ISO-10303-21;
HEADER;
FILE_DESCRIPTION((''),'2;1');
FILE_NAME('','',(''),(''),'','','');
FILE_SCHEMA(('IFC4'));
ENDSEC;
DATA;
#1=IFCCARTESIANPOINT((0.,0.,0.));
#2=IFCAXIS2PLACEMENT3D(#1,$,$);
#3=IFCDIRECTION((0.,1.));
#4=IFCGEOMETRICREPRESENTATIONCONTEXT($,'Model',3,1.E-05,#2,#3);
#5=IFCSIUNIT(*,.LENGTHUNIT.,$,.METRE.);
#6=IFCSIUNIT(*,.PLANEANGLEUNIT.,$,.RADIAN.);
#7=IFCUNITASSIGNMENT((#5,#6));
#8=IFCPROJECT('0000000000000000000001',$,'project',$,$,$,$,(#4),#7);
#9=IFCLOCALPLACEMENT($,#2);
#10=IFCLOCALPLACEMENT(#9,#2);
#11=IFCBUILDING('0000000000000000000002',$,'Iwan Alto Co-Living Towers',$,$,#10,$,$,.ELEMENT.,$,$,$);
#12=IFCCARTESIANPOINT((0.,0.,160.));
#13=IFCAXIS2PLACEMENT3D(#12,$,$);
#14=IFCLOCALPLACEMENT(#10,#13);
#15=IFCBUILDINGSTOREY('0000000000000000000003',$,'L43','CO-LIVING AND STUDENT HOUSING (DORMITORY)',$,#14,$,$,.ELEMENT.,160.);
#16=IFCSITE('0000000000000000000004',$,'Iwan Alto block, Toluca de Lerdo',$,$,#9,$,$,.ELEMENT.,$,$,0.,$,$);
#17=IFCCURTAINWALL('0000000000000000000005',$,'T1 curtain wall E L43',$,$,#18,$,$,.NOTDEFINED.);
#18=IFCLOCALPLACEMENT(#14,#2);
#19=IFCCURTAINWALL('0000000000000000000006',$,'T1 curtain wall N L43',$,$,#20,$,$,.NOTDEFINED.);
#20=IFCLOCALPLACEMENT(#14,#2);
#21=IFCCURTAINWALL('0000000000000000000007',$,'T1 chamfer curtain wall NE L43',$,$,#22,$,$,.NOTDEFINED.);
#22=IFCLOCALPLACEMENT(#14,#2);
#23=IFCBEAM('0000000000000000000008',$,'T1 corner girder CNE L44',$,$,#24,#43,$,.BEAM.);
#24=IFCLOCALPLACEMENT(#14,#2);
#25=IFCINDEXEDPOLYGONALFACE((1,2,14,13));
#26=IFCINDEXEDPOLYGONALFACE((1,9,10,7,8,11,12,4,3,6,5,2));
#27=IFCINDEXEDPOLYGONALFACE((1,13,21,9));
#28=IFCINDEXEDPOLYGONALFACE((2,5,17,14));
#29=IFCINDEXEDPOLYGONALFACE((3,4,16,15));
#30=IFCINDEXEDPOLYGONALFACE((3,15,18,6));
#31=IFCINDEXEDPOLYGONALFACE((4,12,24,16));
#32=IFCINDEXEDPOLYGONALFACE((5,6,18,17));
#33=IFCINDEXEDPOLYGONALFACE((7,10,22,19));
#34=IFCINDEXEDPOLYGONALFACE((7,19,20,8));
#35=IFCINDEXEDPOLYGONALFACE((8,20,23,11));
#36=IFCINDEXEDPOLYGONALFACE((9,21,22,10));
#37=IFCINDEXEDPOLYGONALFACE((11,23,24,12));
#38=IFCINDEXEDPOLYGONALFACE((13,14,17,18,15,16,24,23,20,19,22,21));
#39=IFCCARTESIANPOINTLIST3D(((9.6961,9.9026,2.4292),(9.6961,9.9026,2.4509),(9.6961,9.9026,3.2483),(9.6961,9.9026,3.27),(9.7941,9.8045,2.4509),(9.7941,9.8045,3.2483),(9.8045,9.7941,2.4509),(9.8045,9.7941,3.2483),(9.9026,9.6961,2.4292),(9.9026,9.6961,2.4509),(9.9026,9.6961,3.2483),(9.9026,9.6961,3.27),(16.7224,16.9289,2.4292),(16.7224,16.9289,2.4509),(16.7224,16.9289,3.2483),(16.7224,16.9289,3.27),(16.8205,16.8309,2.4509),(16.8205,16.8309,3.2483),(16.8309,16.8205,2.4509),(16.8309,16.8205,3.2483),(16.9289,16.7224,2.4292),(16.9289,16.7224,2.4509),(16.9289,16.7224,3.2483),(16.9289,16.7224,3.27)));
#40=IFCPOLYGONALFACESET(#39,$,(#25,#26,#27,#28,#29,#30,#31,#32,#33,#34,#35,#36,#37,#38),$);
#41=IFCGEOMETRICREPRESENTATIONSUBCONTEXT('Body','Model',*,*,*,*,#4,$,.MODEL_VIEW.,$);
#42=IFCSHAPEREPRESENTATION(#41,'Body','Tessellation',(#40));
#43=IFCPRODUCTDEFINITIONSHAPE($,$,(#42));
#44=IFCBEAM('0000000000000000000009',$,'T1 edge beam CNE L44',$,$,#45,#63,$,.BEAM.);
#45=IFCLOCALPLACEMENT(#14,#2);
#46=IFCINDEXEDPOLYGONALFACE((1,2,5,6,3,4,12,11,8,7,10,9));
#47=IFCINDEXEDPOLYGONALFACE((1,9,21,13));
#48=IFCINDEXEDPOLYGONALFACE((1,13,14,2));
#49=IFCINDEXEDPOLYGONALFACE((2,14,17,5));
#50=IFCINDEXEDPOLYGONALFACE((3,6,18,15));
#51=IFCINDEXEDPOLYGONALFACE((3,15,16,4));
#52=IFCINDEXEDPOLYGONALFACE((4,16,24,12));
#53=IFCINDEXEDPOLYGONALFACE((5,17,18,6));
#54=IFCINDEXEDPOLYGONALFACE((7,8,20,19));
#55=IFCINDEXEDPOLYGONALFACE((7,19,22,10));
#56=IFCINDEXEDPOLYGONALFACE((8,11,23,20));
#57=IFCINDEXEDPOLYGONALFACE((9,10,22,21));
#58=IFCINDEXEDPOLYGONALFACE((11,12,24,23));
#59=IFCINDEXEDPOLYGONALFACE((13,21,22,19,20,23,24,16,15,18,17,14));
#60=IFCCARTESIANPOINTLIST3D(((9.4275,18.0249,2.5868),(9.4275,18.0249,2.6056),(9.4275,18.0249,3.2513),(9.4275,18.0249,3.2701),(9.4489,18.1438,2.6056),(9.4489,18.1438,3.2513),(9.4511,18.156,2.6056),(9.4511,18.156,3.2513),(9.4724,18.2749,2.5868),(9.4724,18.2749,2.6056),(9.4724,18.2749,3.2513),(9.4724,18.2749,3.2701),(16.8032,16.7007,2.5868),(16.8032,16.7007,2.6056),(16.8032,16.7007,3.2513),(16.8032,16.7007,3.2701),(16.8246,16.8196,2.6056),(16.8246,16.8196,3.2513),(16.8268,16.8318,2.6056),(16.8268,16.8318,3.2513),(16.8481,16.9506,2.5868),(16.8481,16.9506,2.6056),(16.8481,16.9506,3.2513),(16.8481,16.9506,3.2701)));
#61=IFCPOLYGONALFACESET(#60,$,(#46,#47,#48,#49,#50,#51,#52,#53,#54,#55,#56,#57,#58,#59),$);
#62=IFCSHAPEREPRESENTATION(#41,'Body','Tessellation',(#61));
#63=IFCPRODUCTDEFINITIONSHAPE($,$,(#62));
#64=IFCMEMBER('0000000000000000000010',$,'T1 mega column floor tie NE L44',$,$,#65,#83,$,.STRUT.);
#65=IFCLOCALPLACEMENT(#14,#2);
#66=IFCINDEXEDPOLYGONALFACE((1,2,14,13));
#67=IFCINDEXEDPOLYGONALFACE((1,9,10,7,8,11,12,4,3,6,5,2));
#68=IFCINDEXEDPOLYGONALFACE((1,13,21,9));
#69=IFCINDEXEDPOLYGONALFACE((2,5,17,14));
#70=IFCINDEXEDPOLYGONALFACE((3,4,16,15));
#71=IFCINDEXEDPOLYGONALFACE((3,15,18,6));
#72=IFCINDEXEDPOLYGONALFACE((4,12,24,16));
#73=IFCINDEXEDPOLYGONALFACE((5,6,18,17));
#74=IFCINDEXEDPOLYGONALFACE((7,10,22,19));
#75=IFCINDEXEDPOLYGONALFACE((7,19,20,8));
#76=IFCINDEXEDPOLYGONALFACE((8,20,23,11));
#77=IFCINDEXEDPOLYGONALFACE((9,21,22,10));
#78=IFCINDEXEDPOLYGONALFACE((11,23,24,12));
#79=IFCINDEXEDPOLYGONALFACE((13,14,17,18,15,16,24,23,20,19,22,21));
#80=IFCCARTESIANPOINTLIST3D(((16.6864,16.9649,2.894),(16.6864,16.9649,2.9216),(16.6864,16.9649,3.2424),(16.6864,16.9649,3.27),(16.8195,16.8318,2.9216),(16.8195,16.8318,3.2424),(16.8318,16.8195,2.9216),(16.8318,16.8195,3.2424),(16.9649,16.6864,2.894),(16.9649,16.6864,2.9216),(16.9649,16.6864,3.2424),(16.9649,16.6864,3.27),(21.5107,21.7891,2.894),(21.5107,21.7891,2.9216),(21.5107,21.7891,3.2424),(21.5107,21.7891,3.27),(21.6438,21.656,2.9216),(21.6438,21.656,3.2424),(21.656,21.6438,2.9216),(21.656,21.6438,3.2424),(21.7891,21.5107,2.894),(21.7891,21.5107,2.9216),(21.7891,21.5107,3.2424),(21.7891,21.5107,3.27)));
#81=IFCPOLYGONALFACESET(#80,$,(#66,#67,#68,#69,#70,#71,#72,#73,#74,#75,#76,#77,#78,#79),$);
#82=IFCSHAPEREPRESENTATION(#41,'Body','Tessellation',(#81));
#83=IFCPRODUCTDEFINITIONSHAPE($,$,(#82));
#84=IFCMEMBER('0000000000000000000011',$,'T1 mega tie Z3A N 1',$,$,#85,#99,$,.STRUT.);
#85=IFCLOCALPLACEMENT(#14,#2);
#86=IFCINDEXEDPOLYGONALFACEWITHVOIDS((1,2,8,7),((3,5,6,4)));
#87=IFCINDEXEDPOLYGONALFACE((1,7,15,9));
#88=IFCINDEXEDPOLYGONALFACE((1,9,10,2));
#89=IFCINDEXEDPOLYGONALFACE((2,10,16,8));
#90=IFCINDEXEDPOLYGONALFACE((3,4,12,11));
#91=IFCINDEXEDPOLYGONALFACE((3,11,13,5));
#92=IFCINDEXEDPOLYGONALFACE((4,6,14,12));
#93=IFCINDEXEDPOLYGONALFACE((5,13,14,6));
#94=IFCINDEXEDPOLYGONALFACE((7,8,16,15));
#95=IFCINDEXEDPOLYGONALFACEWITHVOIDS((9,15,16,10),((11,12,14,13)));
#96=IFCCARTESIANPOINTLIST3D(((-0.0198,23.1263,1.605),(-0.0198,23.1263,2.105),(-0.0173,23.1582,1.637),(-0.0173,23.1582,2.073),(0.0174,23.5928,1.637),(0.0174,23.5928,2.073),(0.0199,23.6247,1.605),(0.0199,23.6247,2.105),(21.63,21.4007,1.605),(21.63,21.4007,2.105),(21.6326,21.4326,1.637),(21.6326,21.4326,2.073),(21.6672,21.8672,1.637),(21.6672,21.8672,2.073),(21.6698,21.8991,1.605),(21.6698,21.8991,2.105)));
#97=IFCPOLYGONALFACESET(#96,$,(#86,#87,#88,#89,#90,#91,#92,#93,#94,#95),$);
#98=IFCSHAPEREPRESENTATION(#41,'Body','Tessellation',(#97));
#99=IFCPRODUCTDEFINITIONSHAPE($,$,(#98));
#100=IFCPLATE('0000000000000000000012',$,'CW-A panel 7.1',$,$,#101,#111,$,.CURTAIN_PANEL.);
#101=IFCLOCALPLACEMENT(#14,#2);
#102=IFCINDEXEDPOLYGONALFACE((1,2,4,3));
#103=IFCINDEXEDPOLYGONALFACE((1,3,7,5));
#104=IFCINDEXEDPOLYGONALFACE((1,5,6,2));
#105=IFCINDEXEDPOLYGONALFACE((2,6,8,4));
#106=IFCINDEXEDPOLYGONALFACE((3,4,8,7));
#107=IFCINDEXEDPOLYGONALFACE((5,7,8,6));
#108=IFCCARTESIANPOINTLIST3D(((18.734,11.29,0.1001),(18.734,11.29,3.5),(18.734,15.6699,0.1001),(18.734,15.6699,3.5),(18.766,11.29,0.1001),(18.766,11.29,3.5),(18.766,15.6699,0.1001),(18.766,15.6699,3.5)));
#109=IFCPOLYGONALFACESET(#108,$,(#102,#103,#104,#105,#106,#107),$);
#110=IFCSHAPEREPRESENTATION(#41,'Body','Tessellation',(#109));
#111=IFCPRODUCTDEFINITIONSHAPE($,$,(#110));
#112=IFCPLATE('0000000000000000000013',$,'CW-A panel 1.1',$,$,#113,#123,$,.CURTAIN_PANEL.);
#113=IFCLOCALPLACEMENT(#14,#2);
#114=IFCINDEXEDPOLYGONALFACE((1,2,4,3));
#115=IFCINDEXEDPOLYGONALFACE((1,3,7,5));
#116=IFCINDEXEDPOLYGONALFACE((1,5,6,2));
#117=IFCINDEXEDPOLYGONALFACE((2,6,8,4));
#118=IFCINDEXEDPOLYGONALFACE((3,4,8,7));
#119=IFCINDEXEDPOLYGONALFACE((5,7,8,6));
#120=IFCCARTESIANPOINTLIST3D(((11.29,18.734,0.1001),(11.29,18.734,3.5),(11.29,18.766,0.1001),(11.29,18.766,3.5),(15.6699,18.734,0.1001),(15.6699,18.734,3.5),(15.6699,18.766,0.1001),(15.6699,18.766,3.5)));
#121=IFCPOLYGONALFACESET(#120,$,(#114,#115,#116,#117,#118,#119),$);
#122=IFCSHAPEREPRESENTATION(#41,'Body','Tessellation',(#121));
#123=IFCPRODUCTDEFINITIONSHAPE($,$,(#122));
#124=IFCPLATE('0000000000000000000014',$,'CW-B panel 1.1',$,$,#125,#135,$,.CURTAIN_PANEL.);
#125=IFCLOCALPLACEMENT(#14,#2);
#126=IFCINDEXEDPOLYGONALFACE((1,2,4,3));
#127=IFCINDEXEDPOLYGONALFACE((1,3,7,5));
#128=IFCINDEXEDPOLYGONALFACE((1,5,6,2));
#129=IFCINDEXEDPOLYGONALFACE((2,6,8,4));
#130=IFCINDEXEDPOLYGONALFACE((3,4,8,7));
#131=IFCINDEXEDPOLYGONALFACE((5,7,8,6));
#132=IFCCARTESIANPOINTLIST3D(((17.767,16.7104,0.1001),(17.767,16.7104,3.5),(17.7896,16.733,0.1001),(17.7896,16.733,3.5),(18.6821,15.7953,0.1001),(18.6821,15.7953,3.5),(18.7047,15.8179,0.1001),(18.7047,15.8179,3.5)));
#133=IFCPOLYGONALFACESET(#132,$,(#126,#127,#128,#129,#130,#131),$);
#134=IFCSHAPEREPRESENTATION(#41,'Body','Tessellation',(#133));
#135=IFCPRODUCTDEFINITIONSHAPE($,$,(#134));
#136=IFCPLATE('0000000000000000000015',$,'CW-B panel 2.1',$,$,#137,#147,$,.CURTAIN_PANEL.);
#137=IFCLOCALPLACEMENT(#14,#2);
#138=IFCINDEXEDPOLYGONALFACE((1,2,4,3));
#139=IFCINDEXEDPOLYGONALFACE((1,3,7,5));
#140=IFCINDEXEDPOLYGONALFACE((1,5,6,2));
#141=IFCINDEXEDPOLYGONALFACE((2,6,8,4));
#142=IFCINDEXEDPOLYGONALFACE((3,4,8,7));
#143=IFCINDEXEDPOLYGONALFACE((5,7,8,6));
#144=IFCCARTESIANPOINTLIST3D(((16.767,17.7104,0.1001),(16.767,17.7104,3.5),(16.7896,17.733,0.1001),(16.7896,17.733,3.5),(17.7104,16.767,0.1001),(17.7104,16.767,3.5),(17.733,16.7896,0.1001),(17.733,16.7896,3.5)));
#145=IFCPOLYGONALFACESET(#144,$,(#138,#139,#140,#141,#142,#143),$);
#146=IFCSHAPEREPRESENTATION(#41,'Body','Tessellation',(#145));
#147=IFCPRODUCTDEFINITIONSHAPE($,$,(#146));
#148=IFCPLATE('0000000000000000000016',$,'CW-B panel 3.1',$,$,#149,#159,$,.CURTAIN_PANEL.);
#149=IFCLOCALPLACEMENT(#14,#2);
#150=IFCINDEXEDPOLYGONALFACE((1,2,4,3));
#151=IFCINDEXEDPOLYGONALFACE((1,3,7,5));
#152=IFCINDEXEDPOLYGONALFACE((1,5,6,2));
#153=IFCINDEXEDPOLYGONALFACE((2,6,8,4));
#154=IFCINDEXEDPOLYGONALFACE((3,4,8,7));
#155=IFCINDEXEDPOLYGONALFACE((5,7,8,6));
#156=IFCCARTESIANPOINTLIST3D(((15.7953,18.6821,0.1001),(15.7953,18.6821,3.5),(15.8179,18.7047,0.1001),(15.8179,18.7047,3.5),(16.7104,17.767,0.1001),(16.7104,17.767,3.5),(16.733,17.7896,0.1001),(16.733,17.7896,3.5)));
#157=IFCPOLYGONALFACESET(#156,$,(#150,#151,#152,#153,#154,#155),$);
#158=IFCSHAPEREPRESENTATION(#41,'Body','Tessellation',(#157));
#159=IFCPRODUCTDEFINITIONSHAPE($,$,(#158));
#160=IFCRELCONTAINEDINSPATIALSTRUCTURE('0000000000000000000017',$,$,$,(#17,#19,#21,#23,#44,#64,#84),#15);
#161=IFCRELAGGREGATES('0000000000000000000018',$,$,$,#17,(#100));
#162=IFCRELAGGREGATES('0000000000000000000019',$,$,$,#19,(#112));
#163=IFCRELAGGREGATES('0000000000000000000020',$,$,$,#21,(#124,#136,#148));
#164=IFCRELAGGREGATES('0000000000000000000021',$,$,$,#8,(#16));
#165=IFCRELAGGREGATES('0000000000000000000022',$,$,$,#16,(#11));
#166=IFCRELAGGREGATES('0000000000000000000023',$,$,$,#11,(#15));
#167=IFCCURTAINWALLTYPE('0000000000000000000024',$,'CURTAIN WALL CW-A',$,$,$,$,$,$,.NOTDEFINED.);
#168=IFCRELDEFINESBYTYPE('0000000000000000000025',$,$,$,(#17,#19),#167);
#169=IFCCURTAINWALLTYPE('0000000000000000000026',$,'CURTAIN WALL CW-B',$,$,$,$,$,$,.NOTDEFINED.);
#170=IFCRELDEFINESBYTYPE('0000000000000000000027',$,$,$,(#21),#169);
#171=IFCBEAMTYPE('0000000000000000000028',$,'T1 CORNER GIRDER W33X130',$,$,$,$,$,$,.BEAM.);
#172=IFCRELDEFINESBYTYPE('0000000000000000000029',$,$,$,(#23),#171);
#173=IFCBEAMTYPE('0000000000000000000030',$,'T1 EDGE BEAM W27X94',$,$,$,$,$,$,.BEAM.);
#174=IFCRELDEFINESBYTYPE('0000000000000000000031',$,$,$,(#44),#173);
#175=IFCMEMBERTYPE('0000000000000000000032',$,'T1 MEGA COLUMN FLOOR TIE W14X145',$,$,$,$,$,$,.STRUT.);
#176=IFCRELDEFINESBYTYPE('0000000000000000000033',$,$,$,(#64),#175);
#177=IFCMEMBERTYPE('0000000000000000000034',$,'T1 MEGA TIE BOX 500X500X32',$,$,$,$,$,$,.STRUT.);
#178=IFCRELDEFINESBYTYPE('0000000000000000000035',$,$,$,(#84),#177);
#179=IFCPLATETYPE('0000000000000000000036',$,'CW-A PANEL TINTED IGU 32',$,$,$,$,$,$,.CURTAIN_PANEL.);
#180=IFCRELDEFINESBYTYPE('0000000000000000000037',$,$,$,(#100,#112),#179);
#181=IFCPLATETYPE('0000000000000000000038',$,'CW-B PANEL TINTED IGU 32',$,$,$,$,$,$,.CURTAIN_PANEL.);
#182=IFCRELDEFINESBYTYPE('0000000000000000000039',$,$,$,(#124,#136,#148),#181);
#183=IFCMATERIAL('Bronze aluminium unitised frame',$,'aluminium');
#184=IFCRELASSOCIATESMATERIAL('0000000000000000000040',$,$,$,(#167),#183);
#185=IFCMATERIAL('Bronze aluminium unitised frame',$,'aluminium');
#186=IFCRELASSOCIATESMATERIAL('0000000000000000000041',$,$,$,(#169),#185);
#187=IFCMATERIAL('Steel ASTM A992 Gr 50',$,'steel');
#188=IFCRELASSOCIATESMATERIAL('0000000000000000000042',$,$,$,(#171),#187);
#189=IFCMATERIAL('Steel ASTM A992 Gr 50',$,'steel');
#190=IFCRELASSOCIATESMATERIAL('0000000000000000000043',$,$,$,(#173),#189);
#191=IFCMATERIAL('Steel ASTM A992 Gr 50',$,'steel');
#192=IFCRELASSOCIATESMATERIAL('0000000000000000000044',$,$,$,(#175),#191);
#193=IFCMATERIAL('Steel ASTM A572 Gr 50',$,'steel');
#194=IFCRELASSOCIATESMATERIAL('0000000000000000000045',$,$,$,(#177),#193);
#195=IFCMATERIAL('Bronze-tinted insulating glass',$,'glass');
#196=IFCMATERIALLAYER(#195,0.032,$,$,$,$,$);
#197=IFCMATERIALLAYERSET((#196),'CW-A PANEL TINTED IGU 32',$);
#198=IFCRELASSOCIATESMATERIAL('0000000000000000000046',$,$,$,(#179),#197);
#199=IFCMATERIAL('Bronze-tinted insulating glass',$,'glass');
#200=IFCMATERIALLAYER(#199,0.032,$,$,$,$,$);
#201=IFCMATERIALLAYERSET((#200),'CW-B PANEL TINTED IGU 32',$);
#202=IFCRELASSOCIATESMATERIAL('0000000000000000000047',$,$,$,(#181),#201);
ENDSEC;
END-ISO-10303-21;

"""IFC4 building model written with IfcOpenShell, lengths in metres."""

from ifc_helpers import new_model, si_unit, direction, frame, origin, origin_2d, place, context, subcontext, project, spatial, rectangle, hollow_rectangle, i_section, extrude, material, layer, layer_set, material_profile, profile_set, type_object, element, aggregate, save


model = new_model("IFC4")

# Units and contexts
model_context = context("Model", 3, precision=1e-05, world=origin(), true_north=direction((0.0, 1.0)))
body_context = subcontext(model_context, "Body", "Model", "MODEL_VIEW")
ifc_project = project(units=[si_unit("LENGTHUNIT", "METRE"), si_unit("PLANEANGLEUNIT", "RADIAN")], contexts=[model_context])

# Site, building, storey
site_placement = place(None, origin())
site = spatial("IfcSite", under=ifc_project, at=site_placement, Name="Iwan Alto block, Toluca de Lerdo", CompositionType="ELEMENT", RefElevation=0.0)
building_placement = place(site_placement, origin())
building = spatial("IfcBuilding", under=site, at=building_placement, Name="Iwan Alto Co-Living Towers", CompositionType="ELEMENT")
storey_placement = place(building_placement, frame((0.0, 0.0, 160.0)))
storey = spatial("IfcBuildingStorey", under=building, at=storey_placement, Name="L43", Description="CO-LIVING AND STUDENT HOUSING (DORMITORY)", CompositionType="ELEMENT", Elevation=160.0)

# Curtain wall
ifc_material_1 = material(Name="Bronze aluminium unitised frame", Category="aluminium")
curtain_wall_type_1 = type_object("IfcCurtainWallType", Name="CURTAIN WALL CW-A", PredefinedType="NOTDEFINED", material=ifc_material_1)
curtain_wall_1_placement = place(storey_placement, origin())
curtain_wall_1 = element("IfcCurtainWall", 1, at=curtain_wall_1_placement, inside=storey, type_object=curtain_wall_type_1, Name="T1 curtain wall E L43", PredefinedType="NOTDEFINED")

# Curtain walls
curtain_wall_2_placement = place(storey_placement, origin())
curtain_wall_2 = element("IfcCurtainWall", 2, at=curtain_wall_2_placement, inside=storey, type_object=curtain_wall_type_1, Name="T1 curtain wall N L43", PredefinedType="NOTDEFINED")
ifc_material_2 = material(Name="Bronze aluminium unitised frame", Category="aluminium")
curtain_wall_type_2 = type_object("IfcCurtainWallType", Name="CURTAIN WALL CW-B", PredefinedType="NOTDEFINED", material=ifc_material_2)
curtain_wall_3_placement = place(storey_placement, origin())
curtain_wall_3 = element("IfcCurtainWall", 3, at=curtain_wall_3_placement, inside=storey, type_object=curtain_wall_type_2, Name="T1 chamfer curtain wall NE L43", PredefinedType="NOTDEFINED")

# Beams
ifc_material_3 = material(Name="Steel ASTM A992 Gr 50", Category="steel")
ifc_material_profile_1 = material_profile(ifc_material_3, i_section(OverallWidth=0.292, OverallDepth=0.8408, WebThickness=0.0146, FlangeThickness=0.0217, at=origin_2d()), Name="W33X130")
ifc_profile_set_1 = profile_set([ifc_material_profile_1], Name="Steel ASTM A992 Gr 50")
beam_type_1 = type_object("IfcBeamType", Name="T1 CORNER GIRDER W33X130", PredefinedType="BEAM", material=ifc_profile_set_1)
beam_1_placement = place(storey_placement, frame((16.8257, 16.8257, 2.8496), z_axis=(-0.707107, -0.707107, 0.0), x_axis=(0.707107, -0.707107, 0.0)))
element("IfcBeam", 4, at=beam_1_placement, inside=storey, type_object=beam_type_1, Name="T1 corner girder CNE L44", PredefinedType="BEAM", context=body_context, shape_type="SweptSolid", body=[
    extrude(i_section(OverallWidth=0.292, OverallDepth=0.8408, WebThickness=0.0146, FlangeThickness=0.0217, at=origin_2d()), origin(), (0.0, 0.0, 1.0), 9.9368),
])
ifc_material_4 = material(Name="Steel ASTM A992 Gr 50", Category="steel")
ifc_material_profile_2 = material_profile(ifc_material_4, i_section(OverallWidth=0.2539, OverallDepth=0.6833, WebThickness=0.0125, FlangeThickness=0.0188, at=origin_2d()), Name="W27X94")
ifc_profile_set_2 = profile_set([ifc_material_profile_2], Name="Steel ASTM A992 Gr 50")
beam_type_2 = type_object("IfcBeamType", Name="T1 EDGE BEAM W27X94", PredefinedType="BEAM", material=ifc_profile_set_2)
beam_2_placement = place(storey_placement, frame((16.8257, 16.8257, 2.9285), z_axis=(-0.984263, 0.176712, 0.0), x_axis=(-0.176712, -0.984263, 0.0)))
element("IfcBeam", 5, at=beam_2_placement, inside=storey, type_object=beam_type_2, Name="T1 edge beam CNE L44", PredefinedType="BEAM", context=body_context, shape_type="SweptSolid", body=[
    extrude(i_section(OverallWidth=0.2539, OverallDepth=0.6833, WebThickness=0.0125, FlangeThickness=0.0188, at=origin_2d()), origin(), (0.0, 0.0, 1.0), 7.4937),
])

# Members
ifc_material_5 = material(Name="Steel ASTM A992 Gr 50", Category="steel")
ifc_material_profile_3 = material_profile(ifc_material_5, i_section(OverallWidth=0.3938, OverallDepth=0.376, WebThickness=0.0173, FlangeThickness=0.0276, at=origin_2d()), Name="W14X145")
ifc_profile_set_3 = profile_set([ifc_material_profile_3], Name="Steel ASTM A992 Gr 50")
member_type_1 = type_object("IfcMemberType", Name="T1 MEGA COLUMN FLOOR TIE W14X145", PredefinedType="STRUT", material=ifc_profile_set_3)
member_1_placement = place(storey_placement, frame((21.6499, 21.6499, 3.082), z_axis=(-0.707107, -0.707107, 0.0), x_axis=(0.707107, -0.707107, 0.0)))
element("IfcMember", 6, at=member_1_placement, inside=storey, type_object=member_type_1, Name="T1 mega column floor tie NE L44", PredefinedType="STRUT", context=body_context, shape_type="SweptSolid", body=[
    extrude(i_section(OverallWidth=0.3938, OverallDepth=0.376, WebThickness=0.0173, FlangeThickness=0.0276, at=origin_2d()), origin(), (0.0, 0.0, 1.0), 6.8225),
])
ifc_material_6 = material(Name="Steel ASTM A572 Gr 50", Category="steel")
ifc_material_profile_4 = material_profile(ifc_material_6, hollow_rectangle(XDim=0.5, YDim=0.5, WallThickness=0.032, at=origin_2d()), Name="BOX 500X500X32")
ifc_profile_set_4 = profile_set([ifc_material_profile_4], Name="Steel ASTM A572 Gr 50")
member_type_2 = type_object("IfcMemberType", Name="T1 MEGA TIE BOX 500X500X32", PredefinedType="STRUT", material=ifc_profile_set_4)
member_2_placement = place(storey_placement, frame((21.6499, 21.6499, 1.855), z_axis=(-0.996839, 0.079452, 0.0), x_axis=(-0.079452, -0.996839, 0.0)))
element("IfcMember", 7, at=member_2_placement, inside=storey, type_object=member_type_2, Name="T1 mega tie Z3A N 1", PredefinedType="STRUT", context=body_context, shape_type="SweptSolid", body=[
    extrude(hollow_rectangle(XDim=0.5, YDim=0.5, WallThickness=0.032, at=origin_2d()), origin(), (0.0, 0.0, 1.0), 21.7185),
])

# Plates
ifc_material_7 = material(Name="Bronze-tinted insulating glass", Category="glass")
ifc_layer_1 = layer(ifc_material_7, 0.032)
ifc_layer_set_1 = layer_set([ifc_layer_1], Name="CW-A PANEL TINTED IGU 32")
plate_type_1 = type_object("IfcPlateType", Name="CW-A PANEL TINTED IGU 32", PredefinedType="CURTAIN_PANEL", material=ifc_layer_set_1)
plate_1_placement = place(storey_placement, frame((18.75, 13.48, 0.1001), z_axis=(0.0, 0.0, 1.0), x_axis=(0.0, 1.0, 0.0)))
plate_1 = element("IfcPlate", 8, at=plate_1_placement, type_object=plate_type_1, Name="CW-A panel 7.1", PredefinedType="CURTAIN_PANEL", context=body_context, shape_type="SweptSolid", body=[
    extrude(rectangle(XDim=4.3799, YDim=0.032, at=origin_2d()), origin(), (0.0, 0.0, 1.0), 3.3999),
])
aggregate(curtain_wall_1, [plate_1])
plate_2_placement = place(storey_placement, frame((13.48, 18.75, 0.1001), z_axis=(0.0, 0.0, 1.0), x_axis=(-1.0, 0.0, 0.0)))
plate_2 = element("IfcPlate", 9, at=plate_2_placement, type_object=plate_type_1, Name="CW-A panel 1.1", PredefinedType="CURTAIN_PANEL", context=body_context, shape_type="SweptSolid", body=[
    extrude(rectangle(XDim=4.3799, YDim=0.032, at=origin_2d()), origin(), (0.0, 0.0, 1.0), 3.3999),
])
aggregate(curtain_wall_2, [plate_2])
ifc_material_8 = material(Name="Bronze-tinted insulating glass", Category="glass")
ifc_layer_2 = layer(ifc_material_8, 0.032)
ifc_layer_set_2 = layer_set([ifc_layer_2], Name="CW-B PANEL TINTED IGU 32")
plate_type_2 = type_object("IfcPlateType", Name="CW-B PANEL TINTED IGU 32", PredefinedType="CURTAIN_PANEL", material=ifc_layer_set_2)
plate_3_placement = place(storey_placement, frame((18.2358, 16.2642, 0.1001), z_axis=(0.0, 0.0, 1.0), x_axis=(-0.707107, 0.707107, 0.0)))
plate_3 = element("IfcPlate", 10, at=plate_3_placement, type_object=plate_type_2, Name="CW-B panel 1.1", PredefinedType="CURTAIN_PANEL", context=body_context, shape_type="SweptSolid", body=[
    extrude(rectangle(XDim=1.2942, YDim=0.032, at=origin_2d()), origin(), (0.0, 0.0, 1.0), 3.3999),
])
plate_4_placement = place(storey_placement, frame((17.25, 17.25, 0.1001), z_axis=(0.0, 0.0, 1.0), x_axis=(-0.707107, 0.707107, 0.0)))
plate_4 = element("IfcPlate", 11, at=plate_4_placement, type_object=plate_type_2, Name="CW-B panel 2.1", PredefinedType="CURTAIN_PANEL", context=body_context, shape_type="SweptSolid", body=[
    extrude(rectangle(XDim=1.3342, YDim=0.032, at=origin_2d()), origin(), (0.0, 0.0, 1.0), 3.3999),
])
plate_5_placement = place(storey_placement, frame((16.2642, 18.2358, 0.1001), z_axis=(0.0, 0.0, 1.0), x_axis=(-0.707107, 0.707107, 0.0)))
plate_5 = element("IfcPlate", 12, at=plate_5_placement, type_object=plate_type_2, Name="CW-B panel 3.1", PredefinedType="CURTAIN_PANEL", context=body_context, shape_type="SweptSolid", body=[
    extrude(rectangle(XDim=1.2942, YDim=0.032, at=origin_2d()), origin(), (0.0, 0.0, 1.0), 3.3999),
])
aggregate(curtain_wall_3, [plate_3, plate_4, plate_5])

save(model, "model.ifc")
